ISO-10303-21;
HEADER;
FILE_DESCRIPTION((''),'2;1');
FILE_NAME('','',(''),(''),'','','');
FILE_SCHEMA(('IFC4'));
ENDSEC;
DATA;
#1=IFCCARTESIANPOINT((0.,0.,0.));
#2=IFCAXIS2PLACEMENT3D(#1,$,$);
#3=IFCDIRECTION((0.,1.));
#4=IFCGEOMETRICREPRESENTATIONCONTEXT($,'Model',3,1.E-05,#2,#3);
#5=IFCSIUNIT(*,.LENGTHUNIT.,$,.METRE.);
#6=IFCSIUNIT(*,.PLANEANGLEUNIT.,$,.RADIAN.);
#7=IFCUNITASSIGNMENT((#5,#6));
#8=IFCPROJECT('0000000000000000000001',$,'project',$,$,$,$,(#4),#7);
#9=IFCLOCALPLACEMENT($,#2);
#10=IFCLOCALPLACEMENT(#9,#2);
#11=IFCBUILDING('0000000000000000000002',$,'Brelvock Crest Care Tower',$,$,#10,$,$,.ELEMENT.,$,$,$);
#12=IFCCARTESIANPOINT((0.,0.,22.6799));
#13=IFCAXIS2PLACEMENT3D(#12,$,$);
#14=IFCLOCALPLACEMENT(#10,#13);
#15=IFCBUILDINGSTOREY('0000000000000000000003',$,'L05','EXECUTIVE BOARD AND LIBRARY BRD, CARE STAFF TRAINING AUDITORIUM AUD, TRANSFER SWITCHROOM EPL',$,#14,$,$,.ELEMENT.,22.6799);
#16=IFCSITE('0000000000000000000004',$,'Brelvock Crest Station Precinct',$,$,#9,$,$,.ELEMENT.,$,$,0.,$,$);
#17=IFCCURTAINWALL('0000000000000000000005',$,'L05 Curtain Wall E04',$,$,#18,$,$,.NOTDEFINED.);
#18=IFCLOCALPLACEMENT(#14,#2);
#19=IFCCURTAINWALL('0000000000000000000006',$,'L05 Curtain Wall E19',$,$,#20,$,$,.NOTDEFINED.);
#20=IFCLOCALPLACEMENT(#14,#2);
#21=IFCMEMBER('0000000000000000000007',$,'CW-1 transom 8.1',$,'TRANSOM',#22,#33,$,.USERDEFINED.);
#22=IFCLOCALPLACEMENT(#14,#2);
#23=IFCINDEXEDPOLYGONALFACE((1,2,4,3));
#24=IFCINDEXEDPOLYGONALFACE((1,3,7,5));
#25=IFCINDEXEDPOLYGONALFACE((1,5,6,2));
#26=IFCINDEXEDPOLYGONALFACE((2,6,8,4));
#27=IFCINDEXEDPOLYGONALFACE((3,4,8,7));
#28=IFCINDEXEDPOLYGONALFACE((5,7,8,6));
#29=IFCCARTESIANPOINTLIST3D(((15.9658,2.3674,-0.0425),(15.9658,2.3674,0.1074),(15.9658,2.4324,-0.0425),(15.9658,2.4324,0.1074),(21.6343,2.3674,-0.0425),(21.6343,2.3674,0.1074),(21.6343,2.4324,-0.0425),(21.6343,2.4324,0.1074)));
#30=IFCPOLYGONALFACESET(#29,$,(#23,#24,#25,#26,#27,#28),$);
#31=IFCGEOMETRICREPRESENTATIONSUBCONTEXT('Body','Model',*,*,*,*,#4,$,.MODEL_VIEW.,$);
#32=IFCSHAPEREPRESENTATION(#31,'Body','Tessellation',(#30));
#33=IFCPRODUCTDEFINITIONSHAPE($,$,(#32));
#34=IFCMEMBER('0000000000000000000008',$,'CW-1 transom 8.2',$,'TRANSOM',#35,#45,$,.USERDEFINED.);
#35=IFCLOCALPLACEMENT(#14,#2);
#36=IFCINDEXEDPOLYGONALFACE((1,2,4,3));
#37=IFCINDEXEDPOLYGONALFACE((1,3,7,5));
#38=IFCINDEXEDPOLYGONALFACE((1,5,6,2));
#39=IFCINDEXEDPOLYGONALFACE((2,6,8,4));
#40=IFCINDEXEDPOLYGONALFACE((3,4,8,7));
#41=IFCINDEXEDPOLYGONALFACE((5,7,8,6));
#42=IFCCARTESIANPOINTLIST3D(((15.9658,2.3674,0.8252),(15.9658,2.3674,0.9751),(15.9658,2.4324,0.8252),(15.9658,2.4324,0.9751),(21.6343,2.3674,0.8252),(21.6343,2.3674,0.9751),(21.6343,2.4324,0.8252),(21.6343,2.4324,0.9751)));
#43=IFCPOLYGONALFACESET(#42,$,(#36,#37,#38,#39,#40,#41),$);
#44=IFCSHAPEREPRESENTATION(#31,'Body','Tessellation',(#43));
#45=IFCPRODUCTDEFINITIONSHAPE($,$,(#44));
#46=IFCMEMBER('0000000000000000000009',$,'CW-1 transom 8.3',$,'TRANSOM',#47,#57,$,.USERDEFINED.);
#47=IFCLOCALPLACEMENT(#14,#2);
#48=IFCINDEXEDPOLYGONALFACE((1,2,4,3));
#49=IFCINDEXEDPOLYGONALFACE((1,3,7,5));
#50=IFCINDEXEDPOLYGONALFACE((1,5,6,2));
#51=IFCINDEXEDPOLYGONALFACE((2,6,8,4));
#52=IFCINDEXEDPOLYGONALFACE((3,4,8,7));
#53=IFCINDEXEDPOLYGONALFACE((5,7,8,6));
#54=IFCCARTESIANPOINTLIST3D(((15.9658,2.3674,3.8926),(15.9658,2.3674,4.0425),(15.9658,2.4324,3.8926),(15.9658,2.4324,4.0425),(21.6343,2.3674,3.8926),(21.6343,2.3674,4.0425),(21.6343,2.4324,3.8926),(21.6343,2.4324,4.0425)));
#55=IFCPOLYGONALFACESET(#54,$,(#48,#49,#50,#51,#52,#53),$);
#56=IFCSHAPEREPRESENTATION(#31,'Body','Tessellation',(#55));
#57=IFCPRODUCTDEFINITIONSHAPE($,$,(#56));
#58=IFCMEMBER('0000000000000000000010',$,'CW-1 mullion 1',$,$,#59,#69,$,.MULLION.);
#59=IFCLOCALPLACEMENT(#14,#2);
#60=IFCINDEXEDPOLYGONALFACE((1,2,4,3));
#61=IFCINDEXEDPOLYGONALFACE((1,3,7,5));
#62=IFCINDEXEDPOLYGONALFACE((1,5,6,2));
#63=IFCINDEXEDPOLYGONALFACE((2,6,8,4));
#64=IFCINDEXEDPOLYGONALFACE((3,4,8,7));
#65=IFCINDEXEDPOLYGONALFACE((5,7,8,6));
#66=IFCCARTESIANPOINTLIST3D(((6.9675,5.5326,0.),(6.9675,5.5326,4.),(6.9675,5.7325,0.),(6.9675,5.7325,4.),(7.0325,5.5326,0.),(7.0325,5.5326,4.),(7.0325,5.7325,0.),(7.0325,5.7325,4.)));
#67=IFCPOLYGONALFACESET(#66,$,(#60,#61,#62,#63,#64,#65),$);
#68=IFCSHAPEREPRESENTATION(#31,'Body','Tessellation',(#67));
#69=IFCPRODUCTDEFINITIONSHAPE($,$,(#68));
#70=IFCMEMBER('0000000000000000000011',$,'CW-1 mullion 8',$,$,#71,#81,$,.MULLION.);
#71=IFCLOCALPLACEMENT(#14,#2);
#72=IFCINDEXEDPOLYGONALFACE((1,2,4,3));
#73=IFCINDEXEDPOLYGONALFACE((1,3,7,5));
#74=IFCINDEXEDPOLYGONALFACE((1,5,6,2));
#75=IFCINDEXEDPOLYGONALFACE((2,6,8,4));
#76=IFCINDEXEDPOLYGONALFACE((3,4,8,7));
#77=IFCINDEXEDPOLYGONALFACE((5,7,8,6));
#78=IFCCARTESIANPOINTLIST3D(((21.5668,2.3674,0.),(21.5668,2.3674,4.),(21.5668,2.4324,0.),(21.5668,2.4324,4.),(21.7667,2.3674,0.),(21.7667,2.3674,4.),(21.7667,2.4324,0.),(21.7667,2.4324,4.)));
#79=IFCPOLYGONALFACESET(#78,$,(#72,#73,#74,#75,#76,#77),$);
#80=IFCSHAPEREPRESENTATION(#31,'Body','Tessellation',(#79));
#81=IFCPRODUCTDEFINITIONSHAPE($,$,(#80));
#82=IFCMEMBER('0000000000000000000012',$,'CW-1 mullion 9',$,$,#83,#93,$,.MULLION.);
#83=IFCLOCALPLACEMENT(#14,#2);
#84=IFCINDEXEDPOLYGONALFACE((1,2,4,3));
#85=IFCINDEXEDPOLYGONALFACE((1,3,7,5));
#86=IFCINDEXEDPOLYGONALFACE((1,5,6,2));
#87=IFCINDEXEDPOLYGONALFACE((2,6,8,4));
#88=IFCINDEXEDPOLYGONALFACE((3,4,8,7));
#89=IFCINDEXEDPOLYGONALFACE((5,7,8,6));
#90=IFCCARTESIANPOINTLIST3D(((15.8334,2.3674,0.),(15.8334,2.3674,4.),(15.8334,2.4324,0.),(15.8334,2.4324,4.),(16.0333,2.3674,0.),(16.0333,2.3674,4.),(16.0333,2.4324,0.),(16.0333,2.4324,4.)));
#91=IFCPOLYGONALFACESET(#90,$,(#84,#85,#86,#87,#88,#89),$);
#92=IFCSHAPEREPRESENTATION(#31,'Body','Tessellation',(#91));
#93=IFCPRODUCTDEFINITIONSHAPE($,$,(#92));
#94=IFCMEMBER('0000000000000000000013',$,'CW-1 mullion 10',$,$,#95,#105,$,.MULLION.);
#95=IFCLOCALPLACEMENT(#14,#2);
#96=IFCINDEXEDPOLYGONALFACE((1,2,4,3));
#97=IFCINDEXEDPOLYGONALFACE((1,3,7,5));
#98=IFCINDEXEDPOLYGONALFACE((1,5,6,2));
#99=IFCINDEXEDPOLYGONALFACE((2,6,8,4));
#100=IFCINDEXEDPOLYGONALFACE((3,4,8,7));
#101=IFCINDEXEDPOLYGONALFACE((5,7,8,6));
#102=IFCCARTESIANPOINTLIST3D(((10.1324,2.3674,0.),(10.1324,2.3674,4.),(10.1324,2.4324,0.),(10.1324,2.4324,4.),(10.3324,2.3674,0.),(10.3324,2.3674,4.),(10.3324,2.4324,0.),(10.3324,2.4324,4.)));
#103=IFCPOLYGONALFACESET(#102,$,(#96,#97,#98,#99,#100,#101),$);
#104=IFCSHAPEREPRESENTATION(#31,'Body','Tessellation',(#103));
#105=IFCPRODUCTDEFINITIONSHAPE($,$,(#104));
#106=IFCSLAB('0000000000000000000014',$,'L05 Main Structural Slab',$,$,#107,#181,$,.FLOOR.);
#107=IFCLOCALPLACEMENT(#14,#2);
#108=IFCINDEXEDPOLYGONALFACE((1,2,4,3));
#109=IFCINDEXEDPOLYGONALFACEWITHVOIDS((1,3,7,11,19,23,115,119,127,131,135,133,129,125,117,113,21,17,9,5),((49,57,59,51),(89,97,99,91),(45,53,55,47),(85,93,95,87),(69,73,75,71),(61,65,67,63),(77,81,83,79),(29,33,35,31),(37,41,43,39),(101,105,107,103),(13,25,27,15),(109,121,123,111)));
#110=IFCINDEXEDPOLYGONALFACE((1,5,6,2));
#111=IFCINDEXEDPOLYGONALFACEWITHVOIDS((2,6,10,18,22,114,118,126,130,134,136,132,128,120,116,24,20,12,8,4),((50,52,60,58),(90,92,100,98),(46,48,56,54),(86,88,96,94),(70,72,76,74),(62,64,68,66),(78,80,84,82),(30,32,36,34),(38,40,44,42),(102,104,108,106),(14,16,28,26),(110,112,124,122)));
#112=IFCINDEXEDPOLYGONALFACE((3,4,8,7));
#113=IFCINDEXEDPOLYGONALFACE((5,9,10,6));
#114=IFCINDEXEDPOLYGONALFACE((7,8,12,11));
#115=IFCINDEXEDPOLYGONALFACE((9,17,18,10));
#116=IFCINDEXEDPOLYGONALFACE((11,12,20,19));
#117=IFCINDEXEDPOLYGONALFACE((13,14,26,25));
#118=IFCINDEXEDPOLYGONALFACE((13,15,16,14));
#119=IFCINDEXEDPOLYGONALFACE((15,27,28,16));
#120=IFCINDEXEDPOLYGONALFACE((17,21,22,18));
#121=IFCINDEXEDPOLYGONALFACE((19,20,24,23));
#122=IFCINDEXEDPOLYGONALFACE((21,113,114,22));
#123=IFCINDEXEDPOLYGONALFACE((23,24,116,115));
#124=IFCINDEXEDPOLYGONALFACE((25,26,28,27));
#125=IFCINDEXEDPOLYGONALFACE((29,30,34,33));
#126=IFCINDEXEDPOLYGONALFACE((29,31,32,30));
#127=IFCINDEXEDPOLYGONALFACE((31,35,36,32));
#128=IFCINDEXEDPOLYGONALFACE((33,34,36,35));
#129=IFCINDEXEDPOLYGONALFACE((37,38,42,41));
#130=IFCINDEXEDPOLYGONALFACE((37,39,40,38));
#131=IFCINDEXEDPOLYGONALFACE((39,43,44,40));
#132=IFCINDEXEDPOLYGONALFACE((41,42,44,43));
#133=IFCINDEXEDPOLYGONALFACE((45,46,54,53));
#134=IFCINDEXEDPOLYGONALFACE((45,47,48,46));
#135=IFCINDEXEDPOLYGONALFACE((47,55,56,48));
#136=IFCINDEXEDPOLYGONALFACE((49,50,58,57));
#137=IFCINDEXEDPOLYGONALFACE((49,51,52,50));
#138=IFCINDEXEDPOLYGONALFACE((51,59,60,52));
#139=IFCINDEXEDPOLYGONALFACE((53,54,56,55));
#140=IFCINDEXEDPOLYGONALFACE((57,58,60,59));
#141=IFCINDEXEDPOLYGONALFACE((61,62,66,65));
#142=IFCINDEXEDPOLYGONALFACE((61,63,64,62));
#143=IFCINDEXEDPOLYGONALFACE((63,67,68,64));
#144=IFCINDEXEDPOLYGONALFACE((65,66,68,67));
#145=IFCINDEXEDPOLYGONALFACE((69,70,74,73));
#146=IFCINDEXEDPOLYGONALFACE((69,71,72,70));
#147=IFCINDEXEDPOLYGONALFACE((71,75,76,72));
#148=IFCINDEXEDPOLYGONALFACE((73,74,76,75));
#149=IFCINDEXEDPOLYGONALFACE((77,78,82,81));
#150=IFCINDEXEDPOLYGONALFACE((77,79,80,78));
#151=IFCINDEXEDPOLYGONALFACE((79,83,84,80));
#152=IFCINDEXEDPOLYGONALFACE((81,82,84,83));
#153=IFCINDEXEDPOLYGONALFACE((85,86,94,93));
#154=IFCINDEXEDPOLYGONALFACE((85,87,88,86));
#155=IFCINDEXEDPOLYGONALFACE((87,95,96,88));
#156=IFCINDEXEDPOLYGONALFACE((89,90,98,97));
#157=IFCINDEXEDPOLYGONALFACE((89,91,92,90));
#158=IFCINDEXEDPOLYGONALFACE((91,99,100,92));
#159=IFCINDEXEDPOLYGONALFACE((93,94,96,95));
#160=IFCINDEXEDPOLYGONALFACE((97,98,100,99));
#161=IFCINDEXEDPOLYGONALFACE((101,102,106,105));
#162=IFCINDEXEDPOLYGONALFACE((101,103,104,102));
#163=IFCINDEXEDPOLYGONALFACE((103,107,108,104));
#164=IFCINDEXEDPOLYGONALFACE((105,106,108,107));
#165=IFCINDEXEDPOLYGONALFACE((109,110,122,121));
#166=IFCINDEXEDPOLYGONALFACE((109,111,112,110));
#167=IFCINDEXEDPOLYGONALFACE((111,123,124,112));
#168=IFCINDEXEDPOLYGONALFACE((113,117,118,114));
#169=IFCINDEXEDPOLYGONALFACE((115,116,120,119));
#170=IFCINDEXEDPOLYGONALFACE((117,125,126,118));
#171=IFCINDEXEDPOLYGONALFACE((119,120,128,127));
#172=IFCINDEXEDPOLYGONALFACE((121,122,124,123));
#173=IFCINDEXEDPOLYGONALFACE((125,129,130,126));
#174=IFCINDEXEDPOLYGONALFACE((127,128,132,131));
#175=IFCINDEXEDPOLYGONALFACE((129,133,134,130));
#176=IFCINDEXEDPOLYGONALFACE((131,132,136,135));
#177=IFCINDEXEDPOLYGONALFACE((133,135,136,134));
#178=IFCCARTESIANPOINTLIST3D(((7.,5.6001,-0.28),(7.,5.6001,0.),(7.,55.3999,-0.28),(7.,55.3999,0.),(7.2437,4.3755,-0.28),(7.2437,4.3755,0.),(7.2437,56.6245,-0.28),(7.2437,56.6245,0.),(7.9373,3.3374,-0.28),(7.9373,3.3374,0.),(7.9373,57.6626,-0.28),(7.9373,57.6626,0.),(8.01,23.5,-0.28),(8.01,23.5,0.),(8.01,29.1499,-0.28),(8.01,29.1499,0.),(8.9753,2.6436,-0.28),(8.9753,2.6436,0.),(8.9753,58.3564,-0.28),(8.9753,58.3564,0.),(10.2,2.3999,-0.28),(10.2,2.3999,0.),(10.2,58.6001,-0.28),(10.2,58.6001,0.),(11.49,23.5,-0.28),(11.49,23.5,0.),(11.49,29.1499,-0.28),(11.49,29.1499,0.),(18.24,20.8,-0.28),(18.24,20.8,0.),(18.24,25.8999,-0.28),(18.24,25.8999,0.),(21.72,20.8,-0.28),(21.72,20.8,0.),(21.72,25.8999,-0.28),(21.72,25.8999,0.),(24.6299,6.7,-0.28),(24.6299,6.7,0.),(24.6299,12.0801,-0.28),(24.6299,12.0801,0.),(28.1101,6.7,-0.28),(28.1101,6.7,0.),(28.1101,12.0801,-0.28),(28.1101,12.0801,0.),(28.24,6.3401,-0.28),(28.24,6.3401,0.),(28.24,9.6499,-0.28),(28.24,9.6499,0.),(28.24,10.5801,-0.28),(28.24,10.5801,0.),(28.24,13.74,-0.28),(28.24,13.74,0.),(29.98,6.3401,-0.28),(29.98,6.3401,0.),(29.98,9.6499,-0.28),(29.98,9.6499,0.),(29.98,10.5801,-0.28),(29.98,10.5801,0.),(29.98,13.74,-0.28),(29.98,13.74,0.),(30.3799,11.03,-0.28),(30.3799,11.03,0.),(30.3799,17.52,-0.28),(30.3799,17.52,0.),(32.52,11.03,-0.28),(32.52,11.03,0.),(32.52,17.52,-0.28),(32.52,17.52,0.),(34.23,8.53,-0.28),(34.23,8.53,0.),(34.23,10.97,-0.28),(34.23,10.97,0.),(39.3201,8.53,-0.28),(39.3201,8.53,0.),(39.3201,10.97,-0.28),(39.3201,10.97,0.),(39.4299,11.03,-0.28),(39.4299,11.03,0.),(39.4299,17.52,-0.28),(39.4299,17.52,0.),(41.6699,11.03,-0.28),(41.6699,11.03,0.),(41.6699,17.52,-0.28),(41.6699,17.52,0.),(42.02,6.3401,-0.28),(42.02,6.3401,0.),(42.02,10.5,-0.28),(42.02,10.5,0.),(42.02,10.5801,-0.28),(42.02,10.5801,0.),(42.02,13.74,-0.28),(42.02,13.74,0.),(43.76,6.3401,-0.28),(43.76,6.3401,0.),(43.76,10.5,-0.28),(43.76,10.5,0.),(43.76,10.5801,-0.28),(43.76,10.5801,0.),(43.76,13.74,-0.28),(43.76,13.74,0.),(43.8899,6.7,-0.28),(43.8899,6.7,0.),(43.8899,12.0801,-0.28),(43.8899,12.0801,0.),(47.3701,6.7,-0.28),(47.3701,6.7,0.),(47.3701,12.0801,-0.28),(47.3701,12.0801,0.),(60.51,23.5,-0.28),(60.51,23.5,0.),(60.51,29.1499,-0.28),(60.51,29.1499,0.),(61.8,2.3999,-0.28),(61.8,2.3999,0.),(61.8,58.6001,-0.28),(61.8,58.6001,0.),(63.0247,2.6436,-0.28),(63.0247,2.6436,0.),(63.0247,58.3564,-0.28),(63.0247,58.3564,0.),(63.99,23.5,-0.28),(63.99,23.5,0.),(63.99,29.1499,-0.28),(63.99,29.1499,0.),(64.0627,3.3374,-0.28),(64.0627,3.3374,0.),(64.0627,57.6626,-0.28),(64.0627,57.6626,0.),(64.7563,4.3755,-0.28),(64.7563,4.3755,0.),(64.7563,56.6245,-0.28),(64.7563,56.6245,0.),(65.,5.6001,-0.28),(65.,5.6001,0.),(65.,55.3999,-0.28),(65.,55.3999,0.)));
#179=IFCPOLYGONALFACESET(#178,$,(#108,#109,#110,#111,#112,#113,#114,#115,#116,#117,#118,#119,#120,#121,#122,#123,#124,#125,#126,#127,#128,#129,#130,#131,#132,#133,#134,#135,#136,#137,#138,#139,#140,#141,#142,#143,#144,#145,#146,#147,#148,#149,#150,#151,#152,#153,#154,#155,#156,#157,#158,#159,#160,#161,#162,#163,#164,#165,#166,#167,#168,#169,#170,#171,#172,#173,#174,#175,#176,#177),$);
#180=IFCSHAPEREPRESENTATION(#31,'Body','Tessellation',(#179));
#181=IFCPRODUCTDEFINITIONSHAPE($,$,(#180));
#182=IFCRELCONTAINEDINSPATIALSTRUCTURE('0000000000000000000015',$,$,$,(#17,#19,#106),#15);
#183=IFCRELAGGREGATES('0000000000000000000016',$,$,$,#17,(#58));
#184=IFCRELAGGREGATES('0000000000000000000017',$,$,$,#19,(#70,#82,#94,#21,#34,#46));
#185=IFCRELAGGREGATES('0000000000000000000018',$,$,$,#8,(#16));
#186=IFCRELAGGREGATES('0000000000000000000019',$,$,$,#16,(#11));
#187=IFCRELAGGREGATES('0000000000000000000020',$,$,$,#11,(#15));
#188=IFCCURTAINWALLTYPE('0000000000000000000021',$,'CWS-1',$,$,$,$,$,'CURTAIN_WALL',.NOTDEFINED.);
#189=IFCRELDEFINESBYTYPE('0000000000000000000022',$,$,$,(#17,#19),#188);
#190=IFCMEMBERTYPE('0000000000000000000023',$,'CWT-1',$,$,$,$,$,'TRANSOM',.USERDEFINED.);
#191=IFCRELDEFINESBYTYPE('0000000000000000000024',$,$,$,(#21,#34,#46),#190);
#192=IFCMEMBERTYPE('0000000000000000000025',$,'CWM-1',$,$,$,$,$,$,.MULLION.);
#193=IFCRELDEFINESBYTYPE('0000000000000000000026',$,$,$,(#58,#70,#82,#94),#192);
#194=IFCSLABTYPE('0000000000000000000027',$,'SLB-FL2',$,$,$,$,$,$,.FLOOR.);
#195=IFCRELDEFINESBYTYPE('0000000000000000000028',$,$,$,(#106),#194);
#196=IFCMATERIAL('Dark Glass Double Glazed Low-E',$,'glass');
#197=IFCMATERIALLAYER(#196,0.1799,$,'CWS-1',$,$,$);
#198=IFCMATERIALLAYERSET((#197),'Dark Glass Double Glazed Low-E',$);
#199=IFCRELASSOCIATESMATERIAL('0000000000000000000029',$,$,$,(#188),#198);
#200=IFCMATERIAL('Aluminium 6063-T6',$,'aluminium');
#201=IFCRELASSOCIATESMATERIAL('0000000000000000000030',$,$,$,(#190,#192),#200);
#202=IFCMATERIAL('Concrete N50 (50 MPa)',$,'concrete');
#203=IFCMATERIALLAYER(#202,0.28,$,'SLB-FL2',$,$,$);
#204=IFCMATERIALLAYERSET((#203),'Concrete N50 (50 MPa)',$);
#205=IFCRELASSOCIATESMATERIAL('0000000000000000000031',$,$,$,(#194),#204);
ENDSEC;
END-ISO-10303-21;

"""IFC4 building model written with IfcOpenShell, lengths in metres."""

from ifc_helpers import new_model, si_unit, direction, frame, origin, origin_2d, place, context, subcontext, project, spatial, polyline, rectangle, outline, extrude, source, transform, mapped, material, layer, layer_set, material_profile, profile_set, type_object, element, aggregate, save


model = new_model("IFC4")

# Units and contexts
model_context = context("Model", 3, precision=1e-05, world=origin(), true_north=direction((0.0, 1.0)))
body_context = subcontext(model_context, "Body", "Model", "MODEL_VIEW")
ifc_project = project(units=[si_unit("LENGTHUNIT", "METRE"), si_unit("PLANEANGLEUNIT", "RADIAN")], contexts=[model_context])

# Site, building, storey
site_placement = place(None, origin())
site = spatial("IfcSite", under=ifc_project, at=site_placement, Name="Brelvock Crest Station Precinct", CompositionType="ELEMENT", RefElevation=0.0)
building_placement = place(site_placement, origin())
building = spatial("IfcBuilding", under=site, at=building_placement, Name="Brelvock Crest Care Tower", CompositionType="ELEMENT")
storey_placement = place(building_placement, frame((0.0, 0.0, 22.6799)))
storey = spatial("IfcBuildingStorey", under=building, at=storey_placement, Name="L05", Description="EXECUTIVE BOARD AND LIBRARY BRD, CARE STAFF TRAINING AUDITORIUM AUD, TRANSFER SWITCHROOM EPL", CompositionType="ELEMENT", Elevation=22.6799)

# Curtain walls, members
ifc_material_1 = material(Name="Dark Glass Double Glazed Low-E", Category="glass")
ifc_layer_1 = layer(ifc_material_1, 0.1799, Name="CWS-1")
ifc_layer_set_1 = layer_set([ifc_layer_1], Name="Dark Glass Double Glazed Low-E")
curtain_wall_type = type_object("IfcCurtainWallType", Name="CWS-1", ElementType="CURTAIN_WALL", PredefinedType="NOTDEFINED", material=ifc_layer_set_1)
curtain_wall_1_placement = place(storey_placement, origin())
curtain_wall_1 = element("IfcCurtainWall", 1, at=curtain_wall_1_placement, inside=storey, type_object=curtain_wall_type, Name="L05 Curtain Wall E04", PredefinedType="NOTDEFINED")
ifc_material_2 = material(Name="Aluminium 6063-T6", Category="aluminium")
ifc_material_profile_1 = material_profile(ifc_material_2, rectangle(XDim=0.0649, YDim=0.1499, at=origin_2d()), Name="ALU65x150")
ifc_profile_set_1 = profile_set([ifc_material_profile_1], Name="Aluminium 6063-T6")
member_type_1 = type_object("IfcMemberType", Name="CWT-1", ElementType="TRANSOM", PredefinedType="USERDEFINED", material=ifc_profile_set_1)
curtain_wall_2_placement = place(storey_placement, origin())
curtain_wall_2 = element("IfcCurtainWall", 2, at=curtain_wall_2_placement, inside=storey, type_object=curtain_wall_type, Name="L05 Curtain Wall E19", PredefinedType="NOTDEFINED")
shared_shape_1 = source(origin(), body_context, "Body", "SweptSolid", [
    extrude(rectangle(XDim=0.0649, YDim=0.1499, at=origin_2d()), origin(), (0.0, 0.0, 1.0), 5.6685),
])
member_1_placement = place(storey_placement, frame((21.6343, 2.3999, 0.0325), z_axis=(-1.0, 0.0, 0.0), x_axis=(0.0, -1.0, 0.0)))
member_1 = element("IfcMember", 3, at=member_1_placement, type_object=member_type_1, Name="CW-1 transom 8.1", ObjectType="TRANSOM", PredefinedType="USERDEFINED", context=body_context, shape_type="MappedRepresentation", body=[
    mapped(shared_shape_1, transform((0.0, 0.0, 0.0), x_axis=(1.0, 0.0, 0.0), y_axis=(0.0, 1.0, 0.0), z_axis=(0.0, 0.0, 1.0), scale=1.0)),
])
member_2_placement = place(storey_placement, frame((21.6343, 2.3999, 0.9001), z_axis=(-1.0, 0.0, 0.0), x_axis=(0.0, -1.0, 0.0)))
member_2 = element("IfcMember", 4, at=member_2_placement, type_object=member_type_1, Name="CW-1 transom 8.2", ObjectType="TRANSOM", PredefinedType="USERDEFINED", context=body_context, shape_type="MappedRepresentation", body=[
    mapped(shared_shape_1, transform((0.0, 0.0, 0.0), x_axis=(1.0, 0.0, 0.0), y_axis=(0.0, 1.0, 0.0), z_axis=(0.0, 0.0, 1.0), scale=1.0)),
])
member_3_placement = place(storey_placement, frame((21.6343, 2.3999, 3.9675), z_axis=(-1.0, 0.0, 0.0), x_axis=(0.0, -1.0, 0.0)))
member_3 = element("IfcMember", 5, at=member_3_placement, type_object=member_type_1, Name="CW-1 transom 8.3", ObjectType="TRANSOM", PredefinedType="USERDEFINED", context=body_context, shape_type="MappedRepresentation", body=[
    mapped(shared_shape_1, transform((0.0, 0.0, 0.0), x_axis=(1.0, 0.0, 0.0), y_axis=(0.0, 1.0, 0.0), z_axis=(0.0, 0.0, 1.0), scale=1.0)),
])

# Members
ifc_material_profile_2 = material_profile(ifc_material_2, rectangle(XDim=0.0649, YDim=0.2, at=origin_2d()), Name="ALU65x200")
ifc_profile_set_2 = profile_set([ifc_material_profile_2], Name="Aluminium 6063-T6")
member_type_2 = type_object("IfcMemberType", Name="CWM-1", PredefinedType="MULLION", material=ifc_profile_set_2)
shared_shape_2 = source(origin(), body_context, "Body", "SweptSolid", [
    extrude(rectangle(XDim=0.0649, YDim=0.2, at=origin_2d()), origin(), (0.0, 0.0, 1.0), 4.0),
])
member_4_placement = place(storey_placement, frame((7.0, 5.6326, 0.0), z_axis=(0.0, 0.0, 1.0), x_axis=(-1.0, 0.0, 0.0)))
member_4 = element("IfcMember", 6, at=member_4_placement, type_object=member_type_2, Name="CW-1 mullion 1", PredefinedType="MULLION", context=body_context, shape_type="MappedRepresentation", body=[
    mapped(shared_shape_2, transform((0.0, 0.0, 0.0), x_axis=(1.0, 0.0, 0.0), y_axis=(0.0, 1.0, 0.0), z_axis=(0.0, 0.0, 1.0), scale=1.0)),
])
aggregate(curtain_wall_1, [member_4])
member_5_placement = place(storey_placement, frame((21.6667, 2.3999, 0.0), z_axis=(0.0, 0.0, 1.0), x_axis=(0.0, -1.0, 0.0)))
member_5 = element("IfcMember", 7, at=member_5_placement, type_object=member_type_2, Name="CW-1 mullion 8", PredefinedType="MULLION", context=body_context, shape_type="MappedRepresentation", body=[
    mapped(shared_shape_2, transform((0.0, 0.0, 0.0), x_axis=(1.0, 0.0, 0.0), y_axis=(0.0, 1.0, 0.0), z_axis=(0.0, 0.0, 1.0), scale=1.0)),
])
member_6_placement = place(storey_placement, frame((15.9333, 2.3999, 0.0), z_axis=(0.0, 0.0, 1.0), x_axis=(0.0, -1.0, 0.0)))
member_6 = element("IfcMember", 8, at=member_6_placement, type_object=member_type_2, Name="CW-1 mullion 9", PredefinedType="MULLION", context=body_context, shape_type="MappedRepresentation", body=[
    mapped(shared_shape_2, transform((0.0, 0.0, 0.0), x_axis=(1.0, 0.0, 0.0), y_axis=(0.0, 1.0, 0.0), z_axis=(0.0, 0.0, 1.0), scale=1.0)),
])
member_7_placement = place(storey_placement, frame((10.2324, 2.3999, 0.0), z_axis=(0.0, 0.0, 1.0), x_axis=(0.0, -1.0, 0.0)))
member_7 = element("IfcMember", 9, at=member_7_placement, type_object=member_type_2, Name="CW-1 mullion 10", PredefinedType="MULLION", context=body_context, shape_type="MappedRepresentation", body=[
    mapped(shared_shape_2, transform((0.0, 0.0, 0.0), x_axis=(1.0, 0.0, 0.0), y_axis=(0.0, 1.0, 0.0), z_axis=(0.0, 0.0, 1.0), scale=1.0)),
])

# Slab
ifc_material_3 = material(Name="Concrete N50 (50 MPa)", Category="concrete")
ifc_layer_2 = layer(ifc_material_3, 0.28, Name="SLB-FL2")
ifc_layer_set_2 = layer_set([ifc_layer_2], Name="Concrete N50 (50 MPa)")
slab_type_1 = type_object("IfcSlabType", Name="SLB-FL2", PredefinedType="FLOOR", material=ifc_layer_set_2)
slab_1_placement = place(storey_placement, frame((0.0, 0.0, -0.28)))
element("IfcSlab", 10, at=slab_1_placement, inside=storey, type_object=slab_type_1, Name="L05 Main Structural Slab", PredefinedType="FLOOR", context=body_context, shape_type="SweptSolid", body=[
    extrude(outline(polyline([(61.8, 2.3999), (63.0247, 2.6436), (64.0627, 3.3374), (64.7563, 4.3755), (65.0, 5.6001), (65.0, 55.3999), (64.7563, 56.6245), (64.0627, 57.6626), (63.0247, 58.3564), (61.8, 58.6001), (10.2, 58.6001), (8.9753, 58.3564), (7.9373, 57.6626), (7.2437, 56.6245), (7.0, 55.3999), (7.0, 5.6001), (7.2437, 4.3755), (7.9373, 3.3374), (8.9753, 2.6436), (10.2, 2.3999), (61.8, 2.3999)]), holes=[polyline([(28.24, 10.5801), (29.98, 10.5801), (29.98, 13.74), (28.24, 13.74), (28.24, 10.5801)]), polyline([(42.02, 10.5801), (43.76, 10.5801), (43.76, 13.74), (42.02, 13.74), (42.02, 10.5801)]), polyline([(28.24, 6.3401), (29.98, 6.3401), (29.98, 9.6499), (28.24, 9.6499), (28.24, 6.3401)]), polyline([(24.6299, 12.0801), (24.6299, 6.7), (28.1101, 6.7), (28.1101, 12.0801), (24.6299, 12.0801)]), polyline([(43.8899, 12.0801), (43.8899, 6.7), (47.3701, 6.7), (47.3701, 12.0801), (43.8899, 12.0801)]), polyline([(8.01, 29.1499), (8.01, 23.5), (11.49, 23.5), (11.49, 29.1499), (8.01, 29.1499)]), polyline([(60.51, 29.1499), (60.51, 23.5), (63.99, 23.5), (63.99, 29.1499), (60.51, 29.1499)]), polyline([(18.24, 25.8999), (18.24, 20.8), (21.72, 20.8), (21.72, 25.8999), (18.24, 25.8999)]), polyline([(42.02, 6.3401), (43.76, 6.3401), (43.76, 10.5), (42.02, 10.5), (42.02, 6.3401)]), polyline([(30.3799, 11.03), (32.52, 11.03), (32.52, 17.52), (30.3799, 17.52), (30.3799, 11.03)]), polyline([(34.23, 8.53), (39.3201, 8.53), (39.3201, 10.97), (34.23, 10.97), (34.23, 8.53)]), polyline([(39.4299, 11.03), (41.6699, 11.03), (41.6699, 17.52), (39.4299, 17.52), (39.4299, 11.03)])]), origin(), (0.0, 0.0, 1.0), 0.28),
])

aggregate(curtain_wall_2, [member_5, member_6, member_7, member_1, member_2, member_3])

save(model, "model.ifc")
